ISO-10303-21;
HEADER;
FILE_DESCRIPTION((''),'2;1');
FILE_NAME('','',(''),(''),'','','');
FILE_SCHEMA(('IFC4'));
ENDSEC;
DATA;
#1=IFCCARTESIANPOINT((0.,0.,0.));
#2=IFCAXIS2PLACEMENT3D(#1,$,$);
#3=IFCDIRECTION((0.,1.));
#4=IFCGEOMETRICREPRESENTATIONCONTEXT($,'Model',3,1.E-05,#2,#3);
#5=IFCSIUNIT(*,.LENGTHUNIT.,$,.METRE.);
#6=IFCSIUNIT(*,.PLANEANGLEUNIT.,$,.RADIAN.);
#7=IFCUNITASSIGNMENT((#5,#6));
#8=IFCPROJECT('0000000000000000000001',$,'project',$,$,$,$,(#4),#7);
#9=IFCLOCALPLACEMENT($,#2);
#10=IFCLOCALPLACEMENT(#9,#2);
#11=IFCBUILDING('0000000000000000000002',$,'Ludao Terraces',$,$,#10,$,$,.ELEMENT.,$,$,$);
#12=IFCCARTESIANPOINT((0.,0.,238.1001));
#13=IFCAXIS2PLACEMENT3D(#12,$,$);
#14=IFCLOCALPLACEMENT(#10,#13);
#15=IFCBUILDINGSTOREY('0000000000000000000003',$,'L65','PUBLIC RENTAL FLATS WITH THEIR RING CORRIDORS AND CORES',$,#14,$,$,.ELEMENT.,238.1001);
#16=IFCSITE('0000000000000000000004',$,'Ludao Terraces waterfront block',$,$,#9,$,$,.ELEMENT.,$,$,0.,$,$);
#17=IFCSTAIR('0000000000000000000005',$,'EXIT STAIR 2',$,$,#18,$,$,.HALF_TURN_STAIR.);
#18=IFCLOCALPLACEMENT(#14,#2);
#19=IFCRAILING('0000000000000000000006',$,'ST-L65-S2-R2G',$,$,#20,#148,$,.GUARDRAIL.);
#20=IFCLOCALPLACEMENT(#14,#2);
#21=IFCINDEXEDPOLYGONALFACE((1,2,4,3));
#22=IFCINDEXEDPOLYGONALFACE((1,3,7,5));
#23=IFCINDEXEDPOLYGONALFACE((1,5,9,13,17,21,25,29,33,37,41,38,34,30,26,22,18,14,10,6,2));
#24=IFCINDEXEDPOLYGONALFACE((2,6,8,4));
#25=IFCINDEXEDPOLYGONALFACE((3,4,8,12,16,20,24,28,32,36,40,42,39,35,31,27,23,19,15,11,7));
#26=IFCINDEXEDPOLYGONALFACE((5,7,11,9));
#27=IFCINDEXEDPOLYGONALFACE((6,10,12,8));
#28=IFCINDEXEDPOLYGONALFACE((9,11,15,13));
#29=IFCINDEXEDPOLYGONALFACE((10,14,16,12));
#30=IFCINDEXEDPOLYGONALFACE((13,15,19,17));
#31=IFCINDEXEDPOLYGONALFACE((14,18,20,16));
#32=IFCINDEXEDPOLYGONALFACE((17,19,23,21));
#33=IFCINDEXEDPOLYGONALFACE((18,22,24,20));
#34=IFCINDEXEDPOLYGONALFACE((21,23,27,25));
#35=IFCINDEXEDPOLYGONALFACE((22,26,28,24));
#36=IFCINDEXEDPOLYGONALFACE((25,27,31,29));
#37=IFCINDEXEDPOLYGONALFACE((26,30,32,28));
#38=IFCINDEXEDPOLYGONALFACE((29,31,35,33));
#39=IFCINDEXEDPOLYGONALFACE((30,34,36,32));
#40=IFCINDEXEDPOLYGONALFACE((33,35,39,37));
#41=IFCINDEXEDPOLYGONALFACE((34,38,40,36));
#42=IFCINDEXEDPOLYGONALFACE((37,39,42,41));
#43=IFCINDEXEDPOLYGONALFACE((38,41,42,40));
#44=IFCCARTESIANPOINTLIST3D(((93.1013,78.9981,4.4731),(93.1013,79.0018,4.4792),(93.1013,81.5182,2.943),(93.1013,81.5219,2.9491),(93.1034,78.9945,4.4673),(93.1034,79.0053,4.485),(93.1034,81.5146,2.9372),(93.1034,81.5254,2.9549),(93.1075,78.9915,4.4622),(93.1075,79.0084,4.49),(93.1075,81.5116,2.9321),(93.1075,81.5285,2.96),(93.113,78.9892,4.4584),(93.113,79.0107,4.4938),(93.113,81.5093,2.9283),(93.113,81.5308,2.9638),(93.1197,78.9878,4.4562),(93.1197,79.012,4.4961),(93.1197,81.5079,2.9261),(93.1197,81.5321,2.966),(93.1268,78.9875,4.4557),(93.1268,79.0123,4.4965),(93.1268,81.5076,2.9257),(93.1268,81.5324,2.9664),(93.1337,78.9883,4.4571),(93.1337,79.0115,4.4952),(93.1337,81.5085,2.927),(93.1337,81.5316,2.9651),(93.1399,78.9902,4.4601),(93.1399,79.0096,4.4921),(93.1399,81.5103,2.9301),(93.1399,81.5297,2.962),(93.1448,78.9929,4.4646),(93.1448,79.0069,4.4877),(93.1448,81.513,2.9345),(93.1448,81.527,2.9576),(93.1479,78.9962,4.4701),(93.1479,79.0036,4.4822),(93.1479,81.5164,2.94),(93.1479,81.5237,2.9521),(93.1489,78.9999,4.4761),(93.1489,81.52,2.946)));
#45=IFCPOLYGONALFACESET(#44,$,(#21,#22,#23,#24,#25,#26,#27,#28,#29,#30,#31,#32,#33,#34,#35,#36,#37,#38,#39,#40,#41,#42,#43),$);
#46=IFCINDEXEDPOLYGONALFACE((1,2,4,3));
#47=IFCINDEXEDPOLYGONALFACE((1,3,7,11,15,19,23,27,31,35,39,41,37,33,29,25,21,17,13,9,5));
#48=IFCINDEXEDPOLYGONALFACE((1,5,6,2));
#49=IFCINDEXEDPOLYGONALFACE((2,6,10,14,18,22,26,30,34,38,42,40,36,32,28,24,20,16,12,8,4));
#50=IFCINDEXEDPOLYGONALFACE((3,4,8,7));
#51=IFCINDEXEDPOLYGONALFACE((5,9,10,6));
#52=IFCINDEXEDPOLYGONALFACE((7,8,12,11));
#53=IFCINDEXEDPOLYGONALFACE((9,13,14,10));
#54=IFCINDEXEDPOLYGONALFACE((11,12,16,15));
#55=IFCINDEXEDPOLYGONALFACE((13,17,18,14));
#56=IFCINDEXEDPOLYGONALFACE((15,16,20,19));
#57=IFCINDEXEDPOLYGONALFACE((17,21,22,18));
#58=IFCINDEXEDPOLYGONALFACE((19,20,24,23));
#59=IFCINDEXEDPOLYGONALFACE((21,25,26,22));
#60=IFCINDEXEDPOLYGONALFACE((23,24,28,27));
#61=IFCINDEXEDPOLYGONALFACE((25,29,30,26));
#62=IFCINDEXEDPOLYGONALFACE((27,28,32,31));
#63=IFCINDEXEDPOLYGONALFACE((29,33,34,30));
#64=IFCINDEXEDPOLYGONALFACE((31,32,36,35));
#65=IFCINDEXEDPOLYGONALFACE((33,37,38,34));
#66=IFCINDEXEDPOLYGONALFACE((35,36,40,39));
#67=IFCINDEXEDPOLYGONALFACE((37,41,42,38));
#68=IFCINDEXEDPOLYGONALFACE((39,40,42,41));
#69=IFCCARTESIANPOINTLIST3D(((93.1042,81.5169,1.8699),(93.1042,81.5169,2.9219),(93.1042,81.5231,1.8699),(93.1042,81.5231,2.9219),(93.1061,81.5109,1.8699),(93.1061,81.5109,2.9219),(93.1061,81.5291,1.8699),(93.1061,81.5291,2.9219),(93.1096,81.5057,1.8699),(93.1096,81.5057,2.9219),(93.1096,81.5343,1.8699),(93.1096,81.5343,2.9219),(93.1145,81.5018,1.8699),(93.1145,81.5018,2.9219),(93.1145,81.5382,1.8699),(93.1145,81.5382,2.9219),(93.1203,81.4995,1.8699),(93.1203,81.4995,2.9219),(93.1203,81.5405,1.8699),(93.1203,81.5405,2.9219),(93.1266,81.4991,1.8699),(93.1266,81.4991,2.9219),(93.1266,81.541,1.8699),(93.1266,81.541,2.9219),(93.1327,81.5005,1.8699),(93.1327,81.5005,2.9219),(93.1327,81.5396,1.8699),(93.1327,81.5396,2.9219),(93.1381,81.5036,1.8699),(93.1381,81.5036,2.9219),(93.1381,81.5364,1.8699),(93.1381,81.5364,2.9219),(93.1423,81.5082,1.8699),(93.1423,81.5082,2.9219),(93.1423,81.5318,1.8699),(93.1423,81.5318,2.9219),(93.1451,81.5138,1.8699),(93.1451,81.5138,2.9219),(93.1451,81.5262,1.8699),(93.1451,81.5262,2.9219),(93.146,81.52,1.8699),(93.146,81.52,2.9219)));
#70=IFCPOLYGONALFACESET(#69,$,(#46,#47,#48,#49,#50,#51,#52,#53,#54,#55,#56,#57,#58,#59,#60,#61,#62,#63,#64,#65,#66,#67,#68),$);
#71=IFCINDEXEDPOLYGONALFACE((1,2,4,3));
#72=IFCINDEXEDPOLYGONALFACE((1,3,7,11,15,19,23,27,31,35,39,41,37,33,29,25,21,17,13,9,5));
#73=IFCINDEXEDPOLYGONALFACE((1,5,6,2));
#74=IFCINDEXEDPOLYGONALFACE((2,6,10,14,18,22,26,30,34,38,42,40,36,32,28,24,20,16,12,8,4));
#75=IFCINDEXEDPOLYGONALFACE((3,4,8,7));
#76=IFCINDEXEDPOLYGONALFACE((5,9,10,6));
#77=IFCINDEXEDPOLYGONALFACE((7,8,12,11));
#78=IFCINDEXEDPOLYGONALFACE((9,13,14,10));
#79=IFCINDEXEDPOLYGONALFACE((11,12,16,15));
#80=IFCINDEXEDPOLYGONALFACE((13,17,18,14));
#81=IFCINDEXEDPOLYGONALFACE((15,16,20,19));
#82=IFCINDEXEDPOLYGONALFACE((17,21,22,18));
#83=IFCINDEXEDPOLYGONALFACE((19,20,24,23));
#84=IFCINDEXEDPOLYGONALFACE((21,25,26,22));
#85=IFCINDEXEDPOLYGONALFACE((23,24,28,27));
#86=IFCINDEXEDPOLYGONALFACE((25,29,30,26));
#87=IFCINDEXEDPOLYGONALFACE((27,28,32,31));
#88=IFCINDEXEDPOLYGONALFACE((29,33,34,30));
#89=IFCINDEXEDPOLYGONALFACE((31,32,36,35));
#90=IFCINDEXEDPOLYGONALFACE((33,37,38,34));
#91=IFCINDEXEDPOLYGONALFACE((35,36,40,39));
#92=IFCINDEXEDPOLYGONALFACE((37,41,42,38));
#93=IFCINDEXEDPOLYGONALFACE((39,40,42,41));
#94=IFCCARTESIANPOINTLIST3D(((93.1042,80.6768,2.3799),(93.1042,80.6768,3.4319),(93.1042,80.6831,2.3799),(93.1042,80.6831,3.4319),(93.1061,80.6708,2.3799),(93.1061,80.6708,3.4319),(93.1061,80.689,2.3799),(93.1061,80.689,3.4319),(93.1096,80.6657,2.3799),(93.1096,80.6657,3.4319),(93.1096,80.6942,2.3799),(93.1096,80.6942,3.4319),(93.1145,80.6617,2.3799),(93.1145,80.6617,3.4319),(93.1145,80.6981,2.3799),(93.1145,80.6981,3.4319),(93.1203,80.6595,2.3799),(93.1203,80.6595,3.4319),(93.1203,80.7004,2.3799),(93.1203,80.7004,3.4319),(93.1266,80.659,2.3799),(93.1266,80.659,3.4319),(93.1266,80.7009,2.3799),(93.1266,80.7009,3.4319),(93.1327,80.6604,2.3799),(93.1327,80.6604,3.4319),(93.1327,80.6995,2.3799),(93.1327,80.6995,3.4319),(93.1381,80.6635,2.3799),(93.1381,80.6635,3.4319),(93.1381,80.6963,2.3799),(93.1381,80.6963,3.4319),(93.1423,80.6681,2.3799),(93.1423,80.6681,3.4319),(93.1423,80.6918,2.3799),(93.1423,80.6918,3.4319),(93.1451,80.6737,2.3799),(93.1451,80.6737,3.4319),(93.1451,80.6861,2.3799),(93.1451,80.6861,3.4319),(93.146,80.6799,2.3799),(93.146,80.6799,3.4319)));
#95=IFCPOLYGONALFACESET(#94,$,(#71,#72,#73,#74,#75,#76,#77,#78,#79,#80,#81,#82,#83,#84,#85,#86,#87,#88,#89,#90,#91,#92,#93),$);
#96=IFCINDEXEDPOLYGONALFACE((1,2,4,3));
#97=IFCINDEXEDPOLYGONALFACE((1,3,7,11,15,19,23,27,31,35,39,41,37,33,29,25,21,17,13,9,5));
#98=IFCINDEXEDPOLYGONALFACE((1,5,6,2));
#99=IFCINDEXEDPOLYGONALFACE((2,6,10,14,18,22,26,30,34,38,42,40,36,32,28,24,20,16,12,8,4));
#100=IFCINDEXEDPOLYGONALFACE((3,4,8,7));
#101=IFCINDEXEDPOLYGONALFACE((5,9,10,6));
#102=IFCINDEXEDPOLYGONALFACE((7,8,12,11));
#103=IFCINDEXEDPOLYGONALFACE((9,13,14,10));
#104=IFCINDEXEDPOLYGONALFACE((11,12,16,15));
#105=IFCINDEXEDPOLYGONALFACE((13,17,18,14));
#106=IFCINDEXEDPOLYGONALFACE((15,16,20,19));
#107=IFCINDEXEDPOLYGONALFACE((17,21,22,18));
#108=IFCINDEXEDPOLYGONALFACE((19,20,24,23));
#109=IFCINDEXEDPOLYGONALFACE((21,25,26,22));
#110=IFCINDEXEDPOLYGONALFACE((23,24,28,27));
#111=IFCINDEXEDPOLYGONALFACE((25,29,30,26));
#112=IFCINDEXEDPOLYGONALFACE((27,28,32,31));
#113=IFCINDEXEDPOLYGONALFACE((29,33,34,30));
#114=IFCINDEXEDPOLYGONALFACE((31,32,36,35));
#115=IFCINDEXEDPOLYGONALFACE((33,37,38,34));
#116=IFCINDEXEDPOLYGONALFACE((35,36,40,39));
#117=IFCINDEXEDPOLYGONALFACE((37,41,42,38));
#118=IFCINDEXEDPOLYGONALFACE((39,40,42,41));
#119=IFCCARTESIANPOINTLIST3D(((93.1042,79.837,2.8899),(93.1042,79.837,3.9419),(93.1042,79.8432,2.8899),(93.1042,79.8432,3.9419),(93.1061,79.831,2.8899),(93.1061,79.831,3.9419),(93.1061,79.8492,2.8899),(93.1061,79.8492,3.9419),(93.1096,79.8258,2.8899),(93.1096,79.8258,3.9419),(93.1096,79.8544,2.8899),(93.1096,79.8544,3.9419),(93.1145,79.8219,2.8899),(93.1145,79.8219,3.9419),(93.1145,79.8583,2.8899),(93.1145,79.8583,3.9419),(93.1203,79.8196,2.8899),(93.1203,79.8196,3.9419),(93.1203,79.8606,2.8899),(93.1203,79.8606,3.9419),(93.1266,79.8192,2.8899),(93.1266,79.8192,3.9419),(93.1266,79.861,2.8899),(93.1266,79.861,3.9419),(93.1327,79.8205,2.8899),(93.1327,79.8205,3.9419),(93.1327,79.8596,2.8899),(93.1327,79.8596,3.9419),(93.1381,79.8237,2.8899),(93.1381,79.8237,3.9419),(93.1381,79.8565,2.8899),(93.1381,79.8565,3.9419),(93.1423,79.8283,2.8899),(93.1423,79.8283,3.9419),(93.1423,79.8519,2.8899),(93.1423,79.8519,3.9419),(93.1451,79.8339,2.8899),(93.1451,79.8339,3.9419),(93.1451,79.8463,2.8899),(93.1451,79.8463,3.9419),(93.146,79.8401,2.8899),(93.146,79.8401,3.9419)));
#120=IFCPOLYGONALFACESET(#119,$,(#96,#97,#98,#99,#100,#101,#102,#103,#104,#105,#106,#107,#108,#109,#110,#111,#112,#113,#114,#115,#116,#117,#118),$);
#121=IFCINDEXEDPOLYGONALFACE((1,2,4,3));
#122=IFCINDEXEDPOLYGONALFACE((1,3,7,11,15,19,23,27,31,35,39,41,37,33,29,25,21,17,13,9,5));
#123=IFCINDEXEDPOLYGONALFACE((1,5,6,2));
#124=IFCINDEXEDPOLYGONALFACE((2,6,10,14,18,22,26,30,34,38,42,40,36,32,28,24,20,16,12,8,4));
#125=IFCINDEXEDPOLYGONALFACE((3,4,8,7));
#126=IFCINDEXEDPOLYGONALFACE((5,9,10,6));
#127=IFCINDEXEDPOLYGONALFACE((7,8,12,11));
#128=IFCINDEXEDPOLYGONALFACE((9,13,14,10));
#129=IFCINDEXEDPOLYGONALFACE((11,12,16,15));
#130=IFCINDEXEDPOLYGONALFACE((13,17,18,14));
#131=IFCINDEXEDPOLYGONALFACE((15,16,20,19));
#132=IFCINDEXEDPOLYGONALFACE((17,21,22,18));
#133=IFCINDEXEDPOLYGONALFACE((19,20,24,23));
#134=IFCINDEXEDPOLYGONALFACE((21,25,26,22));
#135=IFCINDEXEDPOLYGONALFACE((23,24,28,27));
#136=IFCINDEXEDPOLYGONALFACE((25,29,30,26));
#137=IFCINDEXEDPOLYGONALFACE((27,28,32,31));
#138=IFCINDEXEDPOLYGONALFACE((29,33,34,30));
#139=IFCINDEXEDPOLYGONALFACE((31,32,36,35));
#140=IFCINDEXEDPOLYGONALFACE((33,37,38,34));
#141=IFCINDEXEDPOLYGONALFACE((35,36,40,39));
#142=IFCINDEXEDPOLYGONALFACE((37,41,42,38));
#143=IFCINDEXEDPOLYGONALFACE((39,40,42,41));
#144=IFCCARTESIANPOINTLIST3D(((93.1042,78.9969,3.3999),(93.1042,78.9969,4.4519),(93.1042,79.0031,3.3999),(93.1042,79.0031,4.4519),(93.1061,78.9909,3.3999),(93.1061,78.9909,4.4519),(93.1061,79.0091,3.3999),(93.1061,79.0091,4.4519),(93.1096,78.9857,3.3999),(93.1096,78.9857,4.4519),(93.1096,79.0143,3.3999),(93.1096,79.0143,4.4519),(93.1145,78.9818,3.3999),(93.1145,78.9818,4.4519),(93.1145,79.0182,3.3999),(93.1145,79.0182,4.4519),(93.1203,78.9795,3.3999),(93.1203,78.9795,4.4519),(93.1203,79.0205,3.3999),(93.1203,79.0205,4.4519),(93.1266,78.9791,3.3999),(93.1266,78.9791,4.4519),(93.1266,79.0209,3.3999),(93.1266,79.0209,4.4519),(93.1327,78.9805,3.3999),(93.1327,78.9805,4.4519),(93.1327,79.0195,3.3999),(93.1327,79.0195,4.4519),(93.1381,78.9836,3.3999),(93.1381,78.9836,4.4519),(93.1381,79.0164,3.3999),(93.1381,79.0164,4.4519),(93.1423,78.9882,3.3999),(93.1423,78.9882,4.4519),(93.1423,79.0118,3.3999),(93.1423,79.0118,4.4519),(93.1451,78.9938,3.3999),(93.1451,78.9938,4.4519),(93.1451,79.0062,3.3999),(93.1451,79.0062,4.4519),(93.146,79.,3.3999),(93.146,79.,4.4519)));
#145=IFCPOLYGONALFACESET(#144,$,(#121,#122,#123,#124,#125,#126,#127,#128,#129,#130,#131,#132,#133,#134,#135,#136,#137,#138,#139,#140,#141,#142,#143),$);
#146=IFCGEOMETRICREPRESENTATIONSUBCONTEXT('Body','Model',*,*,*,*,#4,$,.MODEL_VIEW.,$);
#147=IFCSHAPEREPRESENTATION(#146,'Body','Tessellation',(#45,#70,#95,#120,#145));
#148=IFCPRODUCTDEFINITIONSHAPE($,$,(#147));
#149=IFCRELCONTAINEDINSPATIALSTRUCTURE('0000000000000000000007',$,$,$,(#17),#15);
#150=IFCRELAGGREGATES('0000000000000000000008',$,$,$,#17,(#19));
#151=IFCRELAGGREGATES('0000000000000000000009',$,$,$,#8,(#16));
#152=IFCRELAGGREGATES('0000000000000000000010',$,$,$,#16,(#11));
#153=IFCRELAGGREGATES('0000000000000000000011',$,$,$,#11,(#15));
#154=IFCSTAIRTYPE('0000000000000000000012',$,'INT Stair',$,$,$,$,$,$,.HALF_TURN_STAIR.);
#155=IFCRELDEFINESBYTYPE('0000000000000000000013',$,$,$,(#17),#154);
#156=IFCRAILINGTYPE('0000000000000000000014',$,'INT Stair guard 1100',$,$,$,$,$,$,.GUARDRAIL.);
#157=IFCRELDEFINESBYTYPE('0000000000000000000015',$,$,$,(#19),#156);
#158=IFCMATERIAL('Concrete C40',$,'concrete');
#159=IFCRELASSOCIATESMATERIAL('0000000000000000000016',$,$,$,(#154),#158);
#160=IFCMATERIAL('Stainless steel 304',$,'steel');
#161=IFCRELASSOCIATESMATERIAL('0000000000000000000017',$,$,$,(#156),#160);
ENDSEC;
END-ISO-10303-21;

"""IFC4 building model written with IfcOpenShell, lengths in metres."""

from ifc_helpers import new_model, si_unit, direction, frame, origin, origin_2d, place, context, subcontext, project, spatial, circle, extrude, material, type_object, element, aggregate, save


model = new_model("IFC4")

# Units and contexts
model_context = context("Model", 3, precision=1e-05, world=origin(), true_north=direction((0.0, 1.0)))
body_context = subcontext(model_context, "Body", "Model", "MODEL_VIEW")
ifc_project = project(units=[si_unit("LENGTHUNIT", "METRE"), si_unit("PLANEANGLEUNIT", "RADIAN")], contexts=[model_context])

# Site, building, storey
site_placement = place(None, origin())
site = spatial("IfcSite", under=ifc_project, at=site_placement, Name="Ludao Terraces waterfront block", CompositionType="ELEMENT", RefElevation=0.0)
building_placement = place(site_placement, origin())
building = spatial("IfcBuilding", under=site, at=building_placement, Name="Ludao Terraces", CompositionType="ELEMENT")
storey_placement = place(building_placement, frame((0.0, 0.0, 238.1001)))
storey = spatial("IfcBuildingStorey", under=building, at=storey_placement, Name="L65", Description="PUBLIC RENTAL FLATS WITH THEIR RING CORRIDORS AND CORES", CompositionType="ELEMENT", Elevation=238.1001)

# Shared definitions
ifc_material_1 = material(Name="Concrete C40", Category="concrete")

# Shared definitions
ifc_material_2 = material(Name="Stainless steel 304", Category="steel")

# Stair, railing
stair_type = type_object("IfcStairType", Name="INT Stair", PredefinedType="HALF_TURN_STAIR", material=ifc_material_1)
stair_placement = place(storey_placement, origin())
stair = element("IfcStair", 1, at=stair_placement, inside=storey, type_object=stair_type, Name="EXIT STAIR 2", PredefinedType="HALF_TURN_STAIR")
railing_type_1 = type_object("IfcRailingType", Name="INT Stair guard 1100", PredefinedType="GUARDRAIL", material=ifc_material_2)
railing_1_placement = place(storey_placement, frame((93.125, 81.52, 1.8699)))
railing_1 = element("IfcRailing", 2, at=railing_1_placement, type_object=railing_type_1, Name="ST-L65-S2-R2G", PredefinedType="GUARDRAIL", context=body_context, shape_type="SweptSolid", body=[
    extrude(circle(Radius=0.0239, at=origin_2d()), frame((0.0, 0.0, 1.0762), z_axis=(0.0, -0.854785, 0.518982), x_axis=(1.0, 0.0, 0.0)), (0.0, 0.0, 1.0), 2.9482),
    extrude(circle(Radius=0.021, at=origin_2d()), origin(), (0.0, 0.0, 1.0), 1.052),
    extrude(circle(Radius=0.021, at=origin_2d()), frame((0.0, -0.8401, 0.51)), (0.0, 0.0, 1.0), 1.052),
    extrude(circle(Radius=0.021, at=origin_2d()), frame((0.0, -1.6799, 1.02)), (0.0, 0.0, 1.0), 1.052),
    extrude(circle(Radius=0.021, at=origin_2d()), frame((0.0, -2.52, 1.53)), (0.0, 0.0, 1.0), 1.052),
])
aggregate(stair, [railing_1])

save(model, "model.ifc")
